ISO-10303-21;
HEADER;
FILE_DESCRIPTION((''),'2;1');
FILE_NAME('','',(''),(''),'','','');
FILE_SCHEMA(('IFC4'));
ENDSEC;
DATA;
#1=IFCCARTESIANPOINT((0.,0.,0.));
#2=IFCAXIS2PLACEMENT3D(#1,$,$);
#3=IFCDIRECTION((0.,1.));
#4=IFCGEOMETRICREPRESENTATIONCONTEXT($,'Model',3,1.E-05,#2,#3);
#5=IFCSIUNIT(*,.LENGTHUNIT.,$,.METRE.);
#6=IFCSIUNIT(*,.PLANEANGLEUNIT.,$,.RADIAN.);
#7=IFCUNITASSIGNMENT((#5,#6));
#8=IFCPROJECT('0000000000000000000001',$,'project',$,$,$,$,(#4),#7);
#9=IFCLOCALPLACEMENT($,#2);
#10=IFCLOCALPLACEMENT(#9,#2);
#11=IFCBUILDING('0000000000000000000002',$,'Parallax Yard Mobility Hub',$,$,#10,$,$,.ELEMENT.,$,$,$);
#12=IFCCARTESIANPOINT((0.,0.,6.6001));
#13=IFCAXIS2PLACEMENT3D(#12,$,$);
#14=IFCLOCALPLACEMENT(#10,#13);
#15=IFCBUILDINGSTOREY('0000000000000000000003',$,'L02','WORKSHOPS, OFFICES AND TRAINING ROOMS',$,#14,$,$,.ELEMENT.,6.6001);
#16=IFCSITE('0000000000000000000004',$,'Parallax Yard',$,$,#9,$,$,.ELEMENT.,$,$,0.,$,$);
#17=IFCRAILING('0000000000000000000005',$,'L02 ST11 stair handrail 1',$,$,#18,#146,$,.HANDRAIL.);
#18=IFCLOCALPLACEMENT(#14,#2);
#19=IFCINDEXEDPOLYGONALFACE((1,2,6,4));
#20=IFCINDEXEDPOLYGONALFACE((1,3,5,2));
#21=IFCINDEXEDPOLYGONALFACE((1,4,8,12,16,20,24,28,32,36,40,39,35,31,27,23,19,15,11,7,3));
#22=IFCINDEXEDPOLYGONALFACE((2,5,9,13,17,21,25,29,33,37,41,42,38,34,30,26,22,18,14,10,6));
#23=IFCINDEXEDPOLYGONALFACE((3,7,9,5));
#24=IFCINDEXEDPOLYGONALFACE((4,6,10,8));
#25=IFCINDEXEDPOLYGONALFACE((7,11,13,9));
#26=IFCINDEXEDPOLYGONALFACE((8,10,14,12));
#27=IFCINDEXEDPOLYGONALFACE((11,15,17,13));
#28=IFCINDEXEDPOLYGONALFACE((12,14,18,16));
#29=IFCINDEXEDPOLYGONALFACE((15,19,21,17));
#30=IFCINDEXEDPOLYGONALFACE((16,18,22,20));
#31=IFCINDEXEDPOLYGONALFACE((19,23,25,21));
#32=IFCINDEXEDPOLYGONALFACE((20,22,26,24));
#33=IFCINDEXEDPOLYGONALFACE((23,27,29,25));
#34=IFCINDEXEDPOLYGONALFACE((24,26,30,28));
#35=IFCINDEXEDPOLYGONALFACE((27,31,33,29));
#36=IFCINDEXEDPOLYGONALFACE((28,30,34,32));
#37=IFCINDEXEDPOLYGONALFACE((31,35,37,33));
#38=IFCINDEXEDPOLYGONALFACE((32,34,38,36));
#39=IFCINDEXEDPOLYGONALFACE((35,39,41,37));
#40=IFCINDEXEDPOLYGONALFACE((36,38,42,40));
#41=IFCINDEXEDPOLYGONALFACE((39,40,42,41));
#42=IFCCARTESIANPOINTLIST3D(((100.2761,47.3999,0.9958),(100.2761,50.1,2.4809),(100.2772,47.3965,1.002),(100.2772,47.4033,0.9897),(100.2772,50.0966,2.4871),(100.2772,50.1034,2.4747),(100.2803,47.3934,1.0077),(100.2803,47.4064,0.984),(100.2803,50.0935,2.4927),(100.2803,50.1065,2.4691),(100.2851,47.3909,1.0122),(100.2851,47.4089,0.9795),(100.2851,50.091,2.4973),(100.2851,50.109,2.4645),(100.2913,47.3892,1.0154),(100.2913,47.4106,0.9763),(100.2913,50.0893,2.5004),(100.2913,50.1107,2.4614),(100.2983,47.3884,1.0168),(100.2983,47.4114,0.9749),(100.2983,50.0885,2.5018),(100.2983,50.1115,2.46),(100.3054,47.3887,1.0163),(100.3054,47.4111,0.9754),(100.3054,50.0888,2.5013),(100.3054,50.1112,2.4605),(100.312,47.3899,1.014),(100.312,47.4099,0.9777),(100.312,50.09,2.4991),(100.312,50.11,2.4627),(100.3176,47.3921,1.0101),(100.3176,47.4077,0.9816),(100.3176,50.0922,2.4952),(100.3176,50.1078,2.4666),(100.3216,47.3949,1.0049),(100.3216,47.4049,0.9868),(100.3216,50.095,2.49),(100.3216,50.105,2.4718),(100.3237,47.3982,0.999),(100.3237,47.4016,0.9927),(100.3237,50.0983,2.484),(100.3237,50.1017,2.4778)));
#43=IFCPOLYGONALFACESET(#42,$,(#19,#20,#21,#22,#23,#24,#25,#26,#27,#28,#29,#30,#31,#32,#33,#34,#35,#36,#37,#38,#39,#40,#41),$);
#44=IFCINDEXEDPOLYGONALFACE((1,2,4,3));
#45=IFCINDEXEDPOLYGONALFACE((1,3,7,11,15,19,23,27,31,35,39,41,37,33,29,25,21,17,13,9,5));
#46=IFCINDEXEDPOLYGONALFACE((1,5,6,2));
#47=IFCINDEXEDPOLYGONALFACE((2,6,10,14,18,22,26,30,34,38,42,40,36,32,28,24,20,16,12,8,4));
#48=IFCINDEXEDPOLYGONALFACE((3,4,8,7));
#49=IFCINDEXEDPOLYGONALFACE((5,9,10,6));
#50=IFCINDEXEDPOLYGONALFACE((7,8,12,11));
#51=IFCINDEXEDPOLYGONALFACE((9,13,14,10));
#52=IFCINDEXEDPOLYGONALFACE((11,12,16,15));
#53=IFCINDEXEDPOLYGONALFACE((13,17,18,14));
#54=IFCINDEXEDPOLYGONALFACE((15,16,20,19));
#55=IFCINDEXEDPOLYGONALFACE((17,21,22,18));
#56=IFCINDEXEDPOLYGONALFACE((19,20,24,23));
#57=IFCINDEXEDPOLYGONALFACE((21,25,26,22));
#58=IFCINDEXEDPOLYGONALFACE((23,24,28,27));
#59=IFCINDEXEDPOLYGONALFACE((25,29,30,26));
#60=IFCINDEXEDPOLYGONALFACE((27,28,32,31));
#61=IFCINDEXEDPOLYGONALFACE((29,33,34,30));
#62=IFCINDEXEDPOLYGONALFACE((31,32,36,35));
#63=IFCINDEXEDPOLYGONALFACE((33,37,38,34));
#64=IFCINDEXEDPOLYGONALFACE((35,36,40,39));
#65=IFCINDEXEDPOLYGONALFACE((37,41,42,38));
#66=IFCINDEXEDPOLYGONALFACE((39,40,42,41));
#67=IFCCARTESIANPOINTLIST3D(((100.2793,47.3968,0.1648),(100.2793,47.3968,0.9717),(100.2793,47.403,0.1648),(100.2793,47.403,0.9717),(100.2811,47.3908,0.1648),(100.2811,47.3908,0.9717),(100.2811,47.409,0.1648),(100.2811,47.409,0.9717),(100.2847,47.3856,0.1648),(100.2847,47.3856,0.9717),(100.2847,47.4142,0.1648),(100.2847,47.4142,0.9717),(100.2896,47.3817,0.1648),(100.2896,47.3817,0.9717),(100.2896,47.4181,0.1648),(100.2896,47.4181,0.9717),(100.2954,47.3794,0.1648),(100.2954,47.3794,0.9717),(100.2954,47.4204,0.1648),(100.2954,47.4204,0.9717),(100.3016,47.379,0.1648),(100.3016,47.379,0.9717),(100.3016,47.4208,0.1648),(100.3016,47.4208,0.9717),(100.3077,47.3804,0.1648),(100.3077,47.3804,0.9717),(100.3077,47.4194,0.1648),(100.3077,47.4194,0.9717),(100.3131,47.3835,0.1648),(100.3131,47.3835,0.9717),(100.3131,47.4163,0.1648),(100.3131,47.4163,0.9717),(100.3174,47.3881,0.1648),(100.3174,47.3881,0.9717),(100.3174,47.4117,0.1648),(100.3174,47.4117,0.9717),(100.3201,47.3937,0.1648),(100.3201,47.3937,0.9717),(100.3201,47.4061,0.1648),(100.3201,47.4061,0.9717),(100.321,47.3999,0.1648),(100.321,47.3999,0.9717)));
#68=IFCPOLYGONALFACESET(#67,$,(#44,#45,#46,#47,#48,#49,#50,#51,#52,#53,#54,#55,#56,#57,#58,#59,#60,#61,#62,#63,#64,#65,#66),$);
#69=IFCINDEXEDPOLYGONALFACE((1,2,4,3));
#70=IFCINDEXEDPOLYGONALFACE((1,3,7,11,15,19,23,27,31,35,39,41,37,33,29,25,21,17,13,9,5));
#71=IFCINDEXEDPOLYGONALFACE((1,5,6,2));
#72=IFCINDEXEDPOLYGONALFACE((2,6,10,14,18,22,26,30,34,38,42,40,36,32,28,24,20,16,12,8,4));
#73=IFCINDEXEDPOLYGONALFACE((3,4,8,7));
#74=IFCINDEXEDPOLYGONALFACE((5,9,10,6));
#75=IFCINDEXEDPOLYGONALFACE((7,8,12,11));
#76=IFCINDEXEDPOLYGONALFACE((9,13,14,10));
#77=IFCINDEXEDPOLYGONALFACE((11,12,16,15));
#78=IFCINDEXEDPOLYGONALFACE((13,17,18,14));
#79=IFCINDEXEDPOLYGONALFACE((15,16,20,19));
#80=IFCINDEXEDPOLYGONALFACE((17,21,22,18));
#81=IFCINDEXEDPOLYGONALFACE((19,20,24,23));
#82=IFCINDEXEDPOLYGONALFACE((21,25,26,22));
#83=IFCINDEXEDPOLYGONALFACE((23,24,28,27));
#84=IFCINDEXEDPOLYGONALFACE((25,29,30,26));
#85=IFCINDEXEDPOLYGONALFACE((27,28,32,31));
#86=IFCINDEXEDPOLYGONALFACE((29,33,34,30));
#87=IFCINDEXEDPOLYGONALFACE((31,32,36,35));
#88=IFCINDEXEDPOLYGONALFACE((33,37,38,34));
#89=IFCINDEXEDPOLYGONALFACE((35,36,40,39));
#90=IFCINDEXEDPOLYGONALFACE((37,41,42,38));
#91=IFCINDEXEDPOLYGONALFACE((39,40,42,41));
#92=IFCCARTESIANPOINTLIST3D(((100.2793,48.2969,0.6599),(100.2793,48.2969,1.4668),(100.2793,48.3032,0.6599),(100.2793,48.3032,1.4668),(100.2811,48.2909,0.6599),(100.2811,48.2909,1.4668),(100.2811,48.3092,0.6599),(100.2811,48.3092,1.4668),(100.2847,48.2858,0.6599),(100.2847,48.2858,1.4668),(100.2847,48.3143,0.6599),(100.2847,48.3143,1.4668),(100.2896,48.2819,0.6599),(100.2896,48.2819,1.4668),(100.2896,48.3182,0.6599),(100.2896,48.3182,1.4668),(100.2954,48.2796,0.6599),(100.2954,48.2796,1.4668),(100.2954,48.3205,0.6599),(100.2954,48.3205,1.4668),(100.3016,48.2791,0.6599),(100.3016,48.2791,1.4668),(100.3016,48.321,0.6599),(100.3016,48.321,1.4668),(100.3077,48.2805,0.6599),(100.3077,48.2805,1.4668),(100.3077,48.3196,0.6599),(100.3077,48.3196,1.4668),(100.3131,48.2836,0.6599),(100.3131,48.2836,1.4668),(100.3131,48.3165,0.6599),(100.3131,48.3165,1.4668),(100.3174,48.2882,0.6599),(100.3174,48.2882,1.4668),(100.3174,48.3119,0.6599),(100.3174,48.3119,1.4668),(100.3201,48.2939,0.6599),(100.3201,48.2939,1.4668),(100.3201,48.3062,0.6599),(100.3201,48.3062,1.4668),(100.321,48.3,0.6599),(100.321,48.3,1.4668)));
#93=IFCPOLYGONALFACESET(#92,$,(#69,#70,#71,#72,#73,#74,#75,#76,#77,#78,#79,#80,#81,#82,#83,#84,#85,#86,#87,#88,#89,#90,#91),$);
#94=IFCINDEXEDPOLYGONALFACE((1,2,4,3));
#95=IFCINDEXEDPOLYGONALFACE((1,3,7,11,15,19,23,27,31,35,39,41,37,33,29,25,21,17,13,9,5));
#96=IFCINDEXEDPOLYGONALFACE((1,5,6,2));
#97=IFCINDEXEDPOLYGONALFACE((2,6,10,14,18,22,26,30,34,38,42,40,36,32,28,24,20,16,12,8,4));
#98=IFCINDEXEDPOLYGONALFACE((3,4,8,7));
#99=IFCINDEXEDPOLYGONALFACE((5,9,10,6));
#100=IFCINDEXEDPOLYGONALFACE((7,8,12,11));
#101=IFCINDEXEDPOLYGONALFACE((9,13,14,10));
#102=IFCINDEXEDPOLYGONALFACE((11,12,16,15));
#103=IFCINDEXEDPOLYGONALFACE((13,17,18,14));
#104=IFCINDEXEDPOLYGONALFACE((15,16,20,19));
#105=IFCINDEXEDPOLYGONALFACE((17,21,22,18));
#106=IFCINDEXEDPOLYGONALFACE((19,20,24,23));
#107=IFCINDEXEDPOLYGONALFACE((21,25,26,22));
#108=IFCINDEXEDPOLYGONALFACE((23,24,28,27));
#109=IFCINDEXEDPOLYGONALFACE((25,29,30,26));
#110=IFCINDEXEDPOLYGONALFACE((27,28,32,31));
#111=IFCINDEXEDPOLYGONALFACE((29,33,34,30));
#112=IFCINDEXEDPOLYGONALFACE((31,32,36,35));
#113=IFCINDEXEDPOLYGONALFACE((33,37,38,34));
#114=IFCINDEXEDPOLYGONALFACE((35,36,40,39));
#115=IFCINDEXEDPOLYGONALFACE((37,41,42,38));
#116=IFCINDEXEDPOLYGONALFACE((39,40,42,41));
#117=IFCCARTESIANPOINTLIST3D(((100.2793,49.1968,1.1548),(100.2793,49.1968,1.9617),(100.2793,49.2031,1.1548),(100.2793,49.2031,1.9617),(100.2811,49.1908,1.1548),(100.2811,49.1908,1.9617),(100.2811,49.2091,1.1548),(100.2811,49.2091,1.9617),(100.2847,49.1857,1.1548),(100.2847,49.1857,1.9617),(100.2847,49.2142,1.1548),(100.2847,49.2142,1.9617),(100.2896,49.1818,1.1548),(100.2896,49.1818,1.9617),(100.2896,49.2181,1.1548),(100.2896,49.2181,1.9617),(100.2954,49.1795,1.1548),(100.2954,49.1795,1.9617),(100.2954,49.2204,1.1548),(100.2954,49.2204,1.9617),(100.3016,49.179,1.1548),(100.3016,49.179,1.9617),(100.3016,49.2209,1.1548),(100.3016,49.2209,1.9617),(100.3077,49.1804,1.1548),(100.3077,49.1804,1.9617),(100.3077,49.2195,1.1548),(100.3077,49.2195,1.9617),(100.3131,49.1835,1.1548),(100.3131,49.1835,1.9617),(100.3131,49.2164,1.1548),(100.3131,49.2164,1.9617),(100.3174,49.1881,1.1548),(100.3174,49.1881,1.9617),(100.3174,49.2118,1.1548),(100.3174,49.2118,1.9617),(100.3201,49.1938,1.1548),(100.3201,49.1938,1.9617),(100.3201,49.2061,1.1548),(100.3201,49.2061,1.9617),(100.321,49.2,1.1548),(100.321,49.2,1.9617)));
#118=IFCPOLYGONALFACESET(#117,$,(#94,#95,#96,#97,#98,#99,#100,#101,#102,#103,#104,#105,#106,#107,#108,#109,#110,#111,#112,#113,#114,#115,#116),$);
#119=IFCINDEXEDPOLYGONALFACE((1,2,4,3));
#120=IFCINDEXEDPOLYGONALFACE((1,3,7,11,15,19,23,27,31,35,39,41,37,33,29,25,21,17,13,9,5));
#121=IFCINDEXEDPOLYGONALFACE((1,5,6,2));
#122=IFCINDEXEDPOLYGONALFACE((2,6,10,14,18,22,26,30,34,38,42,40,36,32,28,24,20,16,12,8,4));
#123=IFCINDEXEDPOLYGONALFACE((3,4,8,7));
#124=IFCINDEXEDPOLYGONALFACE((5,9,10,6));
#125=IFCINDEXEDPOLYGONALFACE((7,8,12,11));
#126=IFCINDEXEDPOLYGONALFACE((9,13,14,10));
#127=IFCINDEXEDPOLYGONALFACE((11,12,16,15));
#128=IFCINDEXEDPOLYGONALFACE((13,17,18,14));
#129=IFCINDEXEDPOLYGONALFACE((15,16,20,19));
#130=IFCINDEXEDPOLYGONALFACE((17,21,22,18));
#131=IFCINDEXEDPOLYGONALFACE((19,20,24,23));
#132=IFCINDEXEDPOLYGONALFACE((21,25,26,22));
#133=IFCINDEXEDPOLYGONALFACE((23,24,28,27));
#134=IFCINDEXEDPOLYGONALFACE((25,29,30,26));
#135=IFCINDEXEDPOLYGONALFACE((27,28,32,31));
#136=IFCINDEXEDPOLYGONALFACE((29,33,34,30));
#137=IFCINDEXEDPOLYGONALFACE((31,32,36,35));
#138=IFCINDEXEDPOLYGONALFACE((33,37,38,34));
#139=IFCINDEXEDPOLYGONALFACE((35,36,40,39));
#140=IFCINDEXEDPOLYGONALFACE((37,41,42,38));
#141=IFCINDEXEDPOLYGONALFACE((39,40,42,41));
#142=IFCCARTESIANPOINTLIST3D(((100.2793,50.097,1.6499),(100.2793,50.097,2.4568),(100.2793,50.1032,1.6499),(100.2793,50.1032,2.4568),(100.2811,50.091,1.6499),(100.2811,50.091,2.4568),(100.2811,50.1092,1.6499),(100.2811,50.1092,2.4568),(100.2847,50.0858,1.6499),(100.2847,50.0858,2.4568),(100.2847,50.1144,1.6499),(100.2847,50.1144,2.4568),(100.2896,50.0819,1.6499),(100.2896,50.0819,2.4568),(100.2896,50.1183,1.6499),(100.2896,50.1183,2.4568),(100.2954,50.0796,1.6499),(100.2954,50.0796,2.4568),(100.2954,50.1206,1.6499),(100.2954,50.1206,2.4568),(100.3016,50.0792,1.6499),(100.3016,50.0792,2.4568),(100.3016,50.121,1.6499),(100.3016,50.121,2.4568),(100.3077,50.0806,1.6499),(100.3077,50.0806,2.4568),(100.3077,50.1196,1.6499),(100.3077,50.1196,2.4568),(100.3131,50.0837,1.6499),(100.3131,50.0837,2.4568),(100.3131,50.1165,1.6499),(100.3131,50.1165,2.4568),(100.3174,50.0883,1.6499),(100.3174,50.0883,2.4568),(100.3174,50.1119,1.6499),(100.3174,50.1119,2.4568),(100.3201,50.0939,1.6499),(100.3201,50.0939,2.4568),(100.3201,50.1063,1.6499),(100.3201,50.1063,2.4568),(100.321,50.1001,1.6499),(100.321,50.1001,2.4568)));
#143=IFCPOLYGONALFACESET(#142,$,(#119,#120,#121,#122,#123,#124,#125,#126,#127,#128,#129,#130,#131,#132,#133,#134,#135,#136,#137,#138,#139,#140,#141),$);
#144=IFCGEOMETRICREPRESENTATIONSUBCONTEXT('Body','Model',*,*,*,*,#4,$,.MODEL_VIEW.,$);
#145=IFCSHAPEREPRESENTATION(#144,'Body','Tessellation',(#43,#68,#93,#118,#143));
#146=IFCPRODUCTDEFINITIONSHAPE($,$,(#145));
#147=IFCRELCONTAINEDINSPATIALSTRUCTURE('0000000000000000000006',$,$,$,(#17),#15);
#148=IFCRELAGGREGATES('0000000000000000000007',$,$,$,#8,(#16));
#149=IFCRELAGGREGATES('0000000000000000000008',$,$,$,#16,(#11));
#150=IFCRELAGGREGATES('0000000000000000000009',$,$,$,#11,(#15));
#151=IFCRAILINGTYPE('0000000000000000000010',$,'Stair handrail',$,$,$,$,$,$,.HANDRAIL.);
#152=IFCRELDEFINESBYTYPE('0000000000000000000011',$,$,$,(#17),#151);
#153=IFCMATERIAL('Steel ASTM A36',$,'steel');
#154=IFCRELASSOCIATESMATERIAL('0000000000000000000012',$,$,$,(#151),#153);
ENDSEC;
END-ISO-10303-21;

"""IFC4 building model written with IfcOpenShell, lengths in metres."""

from ifc_helpers import new_model, si_unit, direction, frame, origin, origin_2d, place, context, subcontext, project, spatial, circle, extrude, material, type_object, element, save


model = new_model("IFC4")

# Units and contexts
model_context = context("Model", 3, precision=1e-05, world=origin(), true_north=direction((0.0, 1.0)))
body_context = subcontext(model_context, "Body", "Model", "MODEL_VIEW")
ifc_project = project(units=[si_unit("LENGTHUNIT", "METRE"), si_unit("PLANEANGLEUNIT", "RADIAN")], contexts=[model_context])

# Site, building, storey
site_placement = place(None, origin())
site = spatial("IfcSite", under=ifc_project, at=site_placement, Name="Parallax Yard", CompositionType="ELEMENT", RefElevation=0.0)
building_placement = place(site_placement, origin())
building = spatial("IfcBuilding", under=site, at=building_placement, Name="Parallax Yard Mobility Hub", CompositionType="ELEMENT")
storey_placement = place(building_placement, frame((0.0, 0.0, 6.6001)))
storey = spatial("IfcBuildingStorey", under=building, at=storey_placement, Name="L02", Description="WORKSHOPS, OFFICES AND TRAINING ROOMS", CompositionType="ELEMENT", Elevation=6.6001)

# Railing
ifc_material_1 = material(Name="Steel ASTM A36", Category="steel")
railing_type_1 = type_object("IfcRailingType", Name="Stair handrail", PredefinedType="HANDRAIL", material=ifc_material_1)
railing_1_placement = place(storey_placement, frame((100.3, 47.3999, 0.1648)))
element("IfcRailing", 1, at=railing_1_placement, inside=storey, type_object=railing_type_1, Name="L02 ST11 stair handrail 1", PredefinedType="HANDRAIL", context=body_context, shape_type="SweptSolid", body=[
    extrude(circle(Radius=0.0239, at=origin_2d()), frame((0.0, 0.0, 0.8311), z_axis=(0.0, 0.876216, 0.481919), x_axis=(-1.0, 0.0, 0.0)), (0.0, 0.0, 1.0), 3.0815),
    extrude(circle(Radius=0.021, at=origin_2d()), origin(), (0.0, 0.0, 1.0), 0.8069),
    extrude(circle(Radius=0.021, at=origin_2d()), frame((0.0, 0.9001, 0.4951)), (0.0, 0.0, 1.0), 0.8069),
    extrude(circle(Radius=0.021, at=origin_2d()), frame((0.0, 1.8, 0.99)), (0.0, 0.0, 1.0), 0.8069),
    extrude(circle(Radius=0.021, at=origin_2d()), frame((0.0, 2.7002, 1.4851)), (0.0, 0.0, 1.0), 0.8069),
])

save(model, "model.ifc")
